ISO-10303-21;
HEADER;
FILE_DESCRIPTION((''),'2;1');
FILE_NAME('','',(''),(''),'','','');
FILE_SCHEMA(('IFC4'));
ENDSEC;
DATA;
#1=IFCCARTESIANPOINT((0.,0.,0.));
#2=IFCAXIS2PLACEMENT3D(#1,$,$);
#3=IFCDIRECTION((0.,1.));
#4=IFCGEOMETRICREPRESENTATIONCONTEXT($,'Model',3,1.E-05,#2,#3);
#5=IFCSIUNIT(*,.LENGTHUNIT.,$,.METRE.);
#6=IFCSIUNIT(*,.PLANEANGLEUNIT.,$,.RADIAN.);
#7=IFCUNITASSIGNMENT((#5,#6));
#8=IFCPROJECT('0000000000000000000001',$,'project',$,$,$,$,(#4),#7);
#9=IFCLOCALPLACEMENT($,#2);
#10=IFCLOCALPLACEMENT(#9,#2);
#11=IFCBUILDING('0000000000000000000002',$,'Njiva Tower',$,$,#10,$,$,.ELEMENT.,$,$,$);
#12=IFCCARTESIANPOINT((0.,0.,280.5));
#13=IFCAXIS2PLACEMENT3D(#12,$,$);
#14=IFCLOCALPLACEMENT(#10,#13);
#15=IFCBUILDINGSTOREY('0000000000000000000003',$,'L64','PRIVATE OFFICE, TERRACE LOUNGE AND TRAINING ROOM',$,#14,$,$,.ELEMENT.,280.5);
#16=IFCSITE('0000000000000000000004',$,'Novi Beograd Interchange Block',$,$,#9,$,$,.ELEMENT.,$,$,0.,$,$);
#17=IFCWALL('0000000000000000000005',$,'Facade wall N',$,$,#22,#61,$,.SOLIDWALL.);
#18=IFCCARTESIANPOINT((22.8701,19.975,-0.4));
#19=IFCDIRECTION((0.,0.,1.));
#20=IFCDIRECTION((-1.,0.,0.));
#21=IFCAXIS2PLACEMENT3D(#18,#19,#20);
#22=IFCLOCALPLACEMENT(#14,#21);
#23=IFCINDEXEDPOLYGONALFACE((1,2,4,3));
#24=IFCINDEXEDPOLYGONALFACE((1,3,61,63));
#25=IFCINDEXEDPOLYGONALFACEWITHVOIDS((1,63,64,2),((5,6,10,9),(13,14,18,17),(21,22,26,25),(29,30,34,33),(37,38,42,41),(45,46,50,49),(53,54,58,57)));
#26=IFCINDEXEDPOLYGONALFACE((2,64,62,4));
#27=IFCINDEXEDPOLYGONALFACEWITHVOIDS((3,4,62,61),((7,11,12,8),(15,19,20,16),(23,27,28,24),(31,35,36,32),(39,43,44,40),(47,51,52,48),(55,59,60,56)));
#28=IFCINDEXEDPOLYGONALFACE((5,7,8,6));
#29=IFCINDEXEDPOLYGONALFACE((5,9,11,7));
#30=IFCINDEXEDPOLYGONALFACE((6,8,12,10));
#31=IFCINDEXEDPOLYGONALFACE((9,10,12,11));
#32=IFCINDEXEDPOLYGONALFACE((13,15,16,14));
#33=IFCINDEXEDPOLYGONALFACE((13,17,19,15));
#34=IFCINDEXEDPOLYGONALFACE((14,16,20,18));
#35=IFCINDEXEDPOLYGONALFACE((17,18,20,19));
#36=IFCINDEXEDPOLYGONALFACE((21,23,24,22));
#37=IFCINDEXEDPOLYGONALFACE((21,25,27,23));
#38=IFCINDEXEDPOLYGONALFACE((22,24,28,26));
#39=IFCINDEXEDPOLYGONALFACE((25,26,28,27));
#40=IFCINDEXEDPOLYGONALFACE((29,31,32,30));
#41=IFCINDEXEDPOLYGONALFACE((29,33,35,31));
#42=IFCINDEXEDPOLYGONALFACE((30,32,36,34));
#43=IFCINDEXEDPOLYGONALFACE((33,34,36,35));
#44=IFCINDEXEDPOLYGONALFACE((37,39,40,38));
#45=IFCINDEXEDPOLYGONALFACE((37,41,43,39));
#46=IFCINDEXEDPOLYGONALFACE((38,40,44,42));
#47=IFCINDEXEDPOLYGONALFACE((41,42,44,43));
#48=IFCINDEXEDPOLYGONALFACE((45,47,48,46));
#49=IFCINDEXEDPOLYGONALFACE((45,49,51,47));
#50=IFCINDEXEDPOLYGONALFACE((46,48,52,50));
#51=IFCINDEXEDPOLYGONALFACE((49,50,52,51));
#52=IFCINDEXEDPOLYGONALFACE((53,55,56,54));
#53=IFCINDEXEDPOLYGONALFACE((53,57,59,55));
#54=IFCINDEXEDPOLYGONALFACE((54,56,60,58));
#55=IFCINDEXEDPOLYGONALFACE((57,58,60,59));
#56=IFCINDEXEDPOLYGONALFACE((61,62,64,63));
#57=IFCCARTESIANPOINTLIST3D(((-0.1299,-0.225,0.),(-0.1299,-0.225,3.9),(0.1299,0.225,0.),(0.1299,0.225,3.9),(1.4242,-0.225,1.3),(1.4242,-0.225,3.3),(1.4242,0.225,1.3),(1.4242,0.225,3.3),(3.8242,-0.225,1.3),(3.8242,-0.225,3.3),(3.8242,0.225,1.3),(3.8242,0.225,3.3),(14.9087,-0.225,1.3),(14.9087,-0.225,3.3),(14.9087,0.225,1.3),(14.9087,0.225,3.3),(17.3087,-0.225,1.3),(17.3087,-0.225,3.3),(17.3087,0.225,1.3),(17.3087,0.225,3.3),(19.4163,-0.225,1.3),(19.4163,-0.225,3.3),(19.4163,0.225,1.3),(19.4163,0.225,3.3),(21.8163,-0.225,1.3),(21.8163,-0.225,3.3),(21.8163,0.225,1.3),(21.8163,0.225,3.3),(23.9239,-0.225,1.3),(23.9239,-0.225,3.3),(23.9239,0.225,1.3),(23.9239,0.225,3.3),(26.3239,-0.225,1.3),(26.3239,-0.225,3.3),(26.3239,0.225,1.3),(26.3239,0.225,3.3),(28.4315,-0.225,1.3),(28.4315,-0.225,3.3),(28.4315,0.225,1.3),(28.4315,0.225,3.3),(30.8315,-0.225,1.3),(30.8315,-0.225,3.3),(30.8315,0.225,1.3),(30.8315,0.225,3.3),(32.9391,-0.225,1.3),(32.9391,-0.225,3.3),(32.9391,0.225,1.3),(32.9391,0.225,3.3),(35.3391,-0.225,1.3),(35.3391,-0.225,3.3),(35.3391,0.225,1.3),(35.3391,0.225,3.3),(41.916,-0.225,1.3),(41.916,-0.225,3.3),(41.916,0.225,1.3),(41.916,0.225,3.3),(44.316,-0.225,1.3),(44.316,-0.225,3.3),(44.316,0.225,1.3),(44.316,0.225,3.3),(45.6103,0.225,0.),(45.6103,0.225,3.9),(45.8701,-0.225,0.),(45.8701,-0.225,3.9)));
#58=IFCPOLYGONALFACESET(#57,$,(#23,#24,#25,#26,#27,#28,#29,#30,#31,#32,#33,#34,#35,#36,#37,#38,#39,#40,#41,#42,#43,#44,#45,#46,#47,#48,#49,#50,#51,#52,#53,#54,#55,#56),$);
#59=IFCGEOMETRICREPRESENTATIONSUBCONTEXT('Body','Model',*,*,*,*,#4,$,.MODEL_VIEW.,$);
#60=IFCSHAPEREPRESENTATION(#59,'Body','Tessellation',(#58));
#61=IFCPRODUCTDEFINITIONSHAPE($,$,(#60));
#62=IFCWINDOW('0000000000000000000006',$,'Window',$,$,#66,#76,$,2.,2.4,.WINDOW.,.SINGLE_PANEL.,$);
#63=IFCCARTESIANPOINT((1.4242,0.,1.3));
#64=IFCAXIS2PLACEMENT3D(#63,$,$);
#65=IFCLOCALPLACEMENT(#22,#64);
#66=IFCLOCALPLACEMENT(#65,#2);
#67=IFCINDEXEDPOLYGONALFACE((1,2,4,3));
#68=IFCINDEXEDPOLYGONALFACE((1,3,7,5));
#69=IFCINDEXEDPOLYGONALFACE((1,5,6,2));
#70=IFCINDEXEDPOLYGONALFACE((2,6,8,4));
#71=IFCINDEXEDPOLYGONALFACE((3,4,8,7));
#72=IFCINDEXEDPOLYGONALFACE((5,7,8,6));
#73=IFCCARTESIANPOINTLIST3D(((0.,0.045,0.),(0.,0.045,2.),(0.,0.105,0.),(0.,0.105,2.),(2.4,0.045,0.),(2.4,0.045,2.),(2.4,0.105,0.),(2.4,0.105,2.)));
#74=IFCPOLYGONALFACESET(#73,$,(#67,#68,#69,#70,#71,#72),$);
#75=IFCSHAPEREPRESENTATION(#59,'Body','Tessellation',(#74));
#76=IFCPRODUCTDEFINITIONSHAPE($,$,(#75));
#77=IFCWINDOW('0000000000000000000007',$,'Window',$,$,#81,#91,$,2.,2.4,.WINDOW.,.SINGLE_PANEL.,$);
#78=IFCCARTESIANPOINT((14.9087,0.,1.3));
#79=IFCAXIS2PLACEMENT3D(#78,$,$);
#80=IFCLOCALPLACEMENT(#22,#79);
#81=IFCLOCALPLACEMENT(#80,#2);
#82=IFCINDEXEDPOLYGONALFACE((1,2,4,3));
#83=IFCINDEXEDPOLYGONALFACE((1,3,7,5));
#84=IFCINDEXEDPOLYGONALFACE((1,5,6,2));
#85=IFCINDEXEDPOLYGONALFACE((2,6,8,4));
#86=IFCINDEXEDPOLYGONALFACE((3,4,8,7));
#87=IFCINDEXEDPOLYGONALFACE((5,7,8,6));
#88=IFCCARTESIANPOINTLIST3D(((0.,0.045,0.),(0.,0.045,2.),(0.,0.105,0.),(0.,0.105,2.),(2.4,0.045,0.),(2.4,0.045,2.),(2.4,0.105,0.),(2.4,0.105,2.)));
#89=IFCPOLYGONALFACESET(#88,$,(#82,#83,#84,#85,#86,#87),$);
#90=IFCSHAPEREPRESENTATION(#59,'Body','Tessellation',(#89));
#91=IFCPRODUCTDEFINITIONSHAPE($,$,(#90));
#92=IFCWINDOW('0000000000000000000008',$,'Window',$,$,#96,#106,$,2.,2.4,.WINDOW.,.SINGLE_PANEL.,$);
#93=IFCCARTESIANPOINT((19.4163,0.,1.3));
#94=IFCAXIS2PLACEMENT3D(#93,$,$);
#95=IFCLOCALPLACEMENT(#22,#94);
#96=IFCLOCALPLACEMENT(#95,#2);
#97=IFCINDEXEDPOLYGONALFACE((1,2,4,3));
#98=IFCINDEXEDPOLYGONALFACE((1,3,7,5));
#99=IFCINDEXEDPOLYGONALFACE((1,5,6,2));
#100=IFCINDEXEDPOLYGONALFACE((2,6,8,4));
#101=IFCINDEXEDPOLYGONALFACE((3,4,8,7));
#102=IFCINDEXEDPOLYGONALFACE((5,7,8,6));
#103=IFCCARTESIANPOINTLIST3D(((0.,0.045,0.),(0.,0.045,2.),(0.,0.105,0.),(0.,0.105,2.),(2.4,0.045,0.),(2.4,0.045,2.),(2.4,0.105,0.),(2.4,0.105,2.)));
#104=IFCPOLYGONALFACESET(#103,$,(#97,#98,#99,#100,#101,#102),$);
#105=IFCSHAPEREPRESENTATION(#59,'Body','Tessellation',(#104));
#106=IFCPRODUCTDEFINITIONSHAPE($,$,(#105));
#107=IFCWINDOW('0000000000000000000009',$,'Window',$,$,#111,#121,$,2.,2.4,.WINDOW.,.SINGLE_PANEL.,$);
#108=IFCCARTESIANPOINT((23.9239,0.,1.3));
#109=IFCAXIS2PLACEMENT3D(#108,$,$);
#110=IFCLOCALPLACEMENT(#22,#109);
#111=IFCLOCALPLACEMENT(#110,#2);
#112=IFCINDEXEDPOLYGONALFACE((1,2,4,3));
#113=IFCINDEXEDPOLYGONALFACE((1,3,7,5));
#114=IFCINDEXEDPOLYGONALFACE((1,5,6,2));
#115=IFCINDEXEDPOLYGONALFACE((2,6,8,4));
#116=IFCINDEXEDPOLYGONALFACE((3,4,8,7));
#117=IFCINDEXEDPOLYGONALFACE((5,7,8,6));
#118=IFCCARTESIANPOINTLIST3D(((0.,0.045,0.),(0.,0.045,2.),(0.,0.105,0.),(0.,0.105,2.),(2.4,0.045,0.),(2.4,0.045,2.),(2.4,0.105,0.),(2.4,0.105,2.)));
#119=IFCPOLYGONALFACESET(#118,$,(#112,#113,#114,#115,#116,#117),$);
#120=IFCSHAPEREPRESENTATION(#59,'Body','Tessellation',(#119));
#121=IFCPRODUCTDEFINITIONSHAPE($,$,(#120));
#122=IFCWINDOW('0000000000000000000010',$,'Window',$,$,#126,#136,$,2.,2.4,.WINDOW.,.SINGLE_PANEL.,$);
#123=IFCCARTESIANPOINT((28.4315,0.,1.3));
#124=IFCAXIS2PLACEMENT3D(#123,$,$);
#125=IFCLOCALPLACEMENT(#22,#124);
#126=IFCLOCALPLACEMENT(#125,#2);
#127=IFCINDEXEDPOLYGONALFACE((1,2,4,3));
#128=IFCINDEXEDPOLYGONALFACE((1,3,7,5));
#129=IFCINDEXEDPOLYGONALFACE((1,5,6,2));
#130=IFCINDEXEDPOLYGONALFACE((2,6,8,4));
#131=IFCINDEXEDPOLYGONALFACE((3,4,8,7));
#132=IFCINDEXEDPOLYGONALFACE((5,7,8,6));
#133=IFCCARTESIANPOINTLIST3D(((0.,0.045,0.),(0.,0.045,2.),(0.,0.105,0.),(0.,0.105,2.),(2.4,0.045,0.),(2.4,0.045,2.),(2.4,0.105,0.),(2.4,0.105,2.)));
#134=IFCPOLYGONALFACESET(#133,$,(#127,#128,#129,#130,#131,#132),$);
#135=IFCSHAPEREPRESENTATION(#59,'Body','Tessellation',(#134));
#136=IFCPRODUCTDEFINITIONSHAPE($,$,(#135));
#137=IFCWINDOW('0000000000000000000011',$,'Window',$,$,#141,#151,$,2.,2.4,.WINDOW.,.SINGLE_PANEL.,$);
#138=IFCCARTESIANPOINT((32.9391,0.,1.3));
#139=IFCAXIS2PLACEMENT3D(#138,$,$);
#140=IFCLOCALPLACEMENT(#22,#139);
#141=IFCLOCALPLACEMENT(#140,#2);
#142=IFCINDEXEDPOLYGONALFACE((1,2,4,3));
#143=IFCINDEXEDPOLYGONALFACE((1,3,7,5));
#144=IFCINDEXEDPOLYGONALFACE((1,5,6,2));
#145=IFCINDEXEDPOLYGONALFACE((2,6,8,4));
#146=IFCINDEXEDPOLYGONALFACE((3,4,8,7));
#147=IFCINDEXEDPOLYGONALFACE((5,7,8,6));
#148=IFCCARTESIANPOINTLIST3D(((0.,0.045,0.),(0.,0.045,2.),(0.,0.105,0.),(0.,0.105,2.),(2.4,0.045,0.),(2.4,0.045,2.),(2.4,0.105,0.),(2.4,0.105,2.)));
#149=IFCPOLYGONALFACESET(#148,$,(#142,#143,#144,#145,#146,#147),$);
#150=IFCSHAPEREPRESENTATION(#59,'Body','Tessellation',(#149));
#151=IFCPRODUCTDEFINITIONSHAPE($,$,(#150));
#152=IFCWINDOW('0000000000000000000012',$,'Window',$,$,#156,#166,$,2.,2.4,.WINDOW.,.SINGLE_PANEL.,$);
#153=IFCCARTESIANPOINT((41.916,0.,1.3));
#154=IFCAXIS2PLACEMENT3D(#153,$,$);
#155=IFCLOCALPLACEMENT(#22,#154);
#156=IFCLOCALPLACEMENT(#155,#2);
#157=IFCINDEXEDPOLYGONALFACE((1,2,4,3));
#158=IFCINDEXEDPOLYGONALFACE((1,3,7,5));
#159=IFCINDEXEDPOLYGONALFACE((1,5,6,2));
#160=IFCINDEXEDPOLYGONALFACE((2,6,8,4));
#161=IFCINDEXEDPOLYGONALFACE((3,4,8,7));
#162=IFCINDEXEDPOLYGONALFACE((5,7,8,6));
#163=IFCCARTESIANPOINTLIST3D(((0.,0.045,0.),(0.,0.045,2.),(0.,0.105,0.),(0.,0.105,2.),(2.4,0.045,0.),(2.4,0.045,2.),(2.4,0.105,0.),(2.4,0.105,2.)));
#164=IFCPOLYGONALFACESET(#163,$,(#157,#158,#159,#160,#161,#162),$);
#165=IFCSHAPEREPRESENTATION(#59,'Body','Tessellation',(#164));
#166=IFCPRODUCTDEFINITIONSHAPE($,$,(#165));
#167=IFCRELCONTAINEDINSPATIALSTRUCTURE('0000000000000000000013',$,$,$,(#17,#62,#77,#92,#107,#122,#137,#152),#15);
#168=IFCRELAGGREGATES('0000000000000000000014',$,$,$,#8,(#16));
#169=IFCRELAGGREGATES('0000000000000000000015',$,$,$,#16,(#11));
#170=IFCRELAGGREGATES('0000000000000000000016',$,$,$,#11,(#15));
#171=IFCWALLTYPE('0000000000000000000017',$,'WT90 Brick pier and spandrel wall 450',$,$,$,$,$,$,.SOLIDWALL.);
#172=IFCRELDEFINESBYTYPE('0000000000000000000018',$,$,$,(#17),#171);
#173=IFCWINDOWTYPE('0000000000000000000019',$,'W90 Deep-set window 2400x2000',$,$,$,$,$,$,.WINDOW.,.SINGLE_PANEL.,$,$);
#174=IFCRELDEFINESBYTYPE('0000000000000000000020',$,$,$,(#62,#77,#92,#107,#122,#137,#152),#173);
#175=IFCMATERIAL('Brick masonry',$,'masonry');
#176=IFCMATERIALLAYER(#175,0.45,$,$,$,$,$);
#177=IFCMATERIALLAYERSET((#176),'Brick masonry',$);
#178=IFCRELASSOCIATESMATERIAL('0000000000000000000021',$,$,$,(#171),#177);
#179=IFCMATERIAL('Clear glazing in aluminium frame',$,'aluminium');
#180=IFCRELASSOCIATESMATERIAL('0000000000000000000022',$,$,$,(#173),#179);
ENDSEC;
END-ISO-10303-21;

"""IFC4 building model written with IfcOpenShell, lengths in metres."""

from ifc_helpers import new_model, si_unit, direction, frame, frame_2d, origin, place, context, subcontext, project, spatial, polyline, rectangle, outline, extrude, material, layer, layer_set, type_object, element, fill, save


model = new_model("IFC4")

# Units and contexts
model_context = context("Model", 3, precision=1e-05, world=origin(), true_north=direction((0.0, 1.0)))
body_context = subcontext(model_context, "Body", "Model", "MODEL_VIEW")
ifc_project = project(units=[si_unit("LENGTHUNIT", "METRE"), si_unit("PLANEANGLEUNIT", "RADIAN")], contexts=[model_context])

# Site, building, storey
site_placement = place(None, origin())
site = spatial("IfcSite", under=ifc_project, at=site_placement, Name="Novi Beograd Interchange Block", CompositionType="ELEMENT", RefElevation=0.0)
building_placement = place(site_placement, origin())
building = spatial("IfcBuilding", under=site, at=building_placement, Name="Njiva Tower", CompositionType="ELEMENT")
storey_placement = place(building_placement, frame((0.0, 0.0, 280.5)))
storey = spatial("IfcBuildingStorey", under=building, at=storey_placement, Name="L64", Description="PRIVATE OFFICE, TERRACE LOUNGE AND TRAINING ROOM", CompositionType="ELEMENT", Elevation=280.5)

# Wall, openings, windows
ifc_material_1 = material(Name="Brick masonry", Category="masonry")
ifc_layer_1 = layer(ifc_material_1, 0.45)
ifc_layer_set_1 = layer_set([ifc_layer_1], Name="Brick masonry")
wall_type_1 = type_object("IfcWallType", Name="WT90 Brick pier and spandrel wall 450", PredefinedType="SOLIDWALL", material=ifc_layer_set_1)
wall_1_placement = place(storey_placement, frame((22.8701, 19.975, -0.4), z_axis=(0.0, 0.0, 1.0), x_axis=(-1.0, 0.0, 0.0)))
wall_1 = element("IfcWall", 1, at=wall_1_placement, inside=storey, type_object=wall_type_1, Name="Facade wall N", PredefinedType="SOLIDWALL", context=body_context, shape_type="SweptSolid", body=[
    extrude(outline(polyline([(-0.1299, -0.225), (45.8701, -0.225), (45.6103, 0.225), (0.1299, 0.225), (-0.1299, -0.225)])), origin(), (0.0, 0.0, 1.0), 3.9),
])
opening_1_placement = place(wall_1_placement, frame((1.4242, 0.0, 1.3)))
opening_1 = element("IfcOpeningElement", 2, at=opening_1_placement, cuts=wall_1, PredefinedType="OPENING", context=body_context, shape_type="SweptSolid", body=[
    extrude(rectangle(XDim=2.4, YDim=2.0, at=frame_2d((1.2, 1.0))), frame((0.0, 0.235, 0.0), z_axis=(0.0, -1.0, 0.0), x_axis=(1.0, 0.0, 0.0)), (0.0, 0.0, 1.0), 0.47),
])
opening_2_placement = place(wall_1_placement, frame((14.9087, 0.0, 1.3)))
opening_2 = element("IfcOpeningElement", 3, at=opening_2_placement, cuts=wall_1, PredefinedType="OPENING", context=body_context, shape_type="SweptSolid", body=[
    extrude(rectangle(XDim=2.4, YDim=2.0, at=frame_2d((1.2, 1.0))), frame((0.0, 0.235, 0.0), z_axis=(0.0, -1.0, 0.0), x_axis=(1.0, 0.0, 0.0)), (0.0, 0.0, 1.0), 0.47),
])
opening_3_placement = place(wall_1_placement, frame((19.4163, 0.0, 1.3)))
opening_3 = element("IfcOpeningElement", 4, at=opening_3_placement, cuts=wall_1, PredefinedType="OPENING", context=body_context, shape_type="SweptSolid", body=[
    extrude(rectangle(XDim=2.4, YDim=2.0, at=frame_2d((1.2, 1.0))), frame((0.0, 0.235, 0.0), z_axis=(0.0, -1.0, 0.0), x_axis=(1.0, 0.0, 0.0)), (0.0, 0.0, 1.0), 0.47),
])
opening_4_placement = place(wall_1_placement, frame((23.9239, 0.0, 1.3)))
opening_4 = element("IfcOpeningElement", 5, at=opening_4_placement, cuts=wall_1, PredefinedType="OPENING", context=body_context, shape_type="SweptSolid", body=[
    extrude(rectangle(XDim=2.4, YDim=2.0, at=frame_2d((1.2, 1.0))), frame((0.0, 0.235, 0.0), z_axis=(0.0, -1.0, 0.0), x_axis=(1.0, 0.0, 0.0)), (0.0, 0.0, 1.0), 0.47),
])
opening_5_placement = place(wall_1_placement, frame((28.4315, 0.0, 1.3)))
opening_5 = element("IfcOpeningElement", 6, at=opening_5_placement, cuts=wall_1, PredefinedType="OPENING", context=body_context, shape_type="SweptSolid", body=[
    extrude(rectangle(XDim=2.4, YDim=2.0, at=frame_2d((1.2, 1.0))), frame((0.0, 0.235, 0.0), z_axis=(0.0, -1.0, 0.0), x_axis=(1.0, 0.0, 0.0)), (0.0, 0.0, 1.0), 0.47),
])
opening_6_placement = place(wall_1_placement, frame((32.9391, 0.0, 1.3)))
opening_6 = element("IfcOpeningElement", 7, at=opening_6_placement, cuts=wall_1, PredefinedType="OPENING", context=body_context, shape_type="SweptSolid", body=[
    extrude(rectangle(XDim=2.4, YDim=2.0, at=frame_2d((1.2, 1.0))), frame((0.0, 0.235, 0.0), z_axis=(0.0, -1.0, 0.0), x_axis=(1.0, 0.0, 0.0)), (0.0, 0.0, 1.0), 0.47),
])
opening_7_placement = place(wall_1_placement, frame((41.916, 0.0, 1.3)))
opening_7 = element("IfcOpeningElement", 8, at=opening_7_placement, cuts=wall_1, PredefinedType="OPENING", context=body_context, shape_type="SweptSolid", body=[
    extrude(rectangle(XDim=2.4, YDim=2.0, at=frame_2d((1.2, 1.0))), frame((0.0, 0.235, 0.0), z_axis=(0.0, -1.0, 0.0), x_axis=(1.0, 0.0, 0.0)), (0.0, 0.0, 1.0), 0.47),
])
ifc_material_2 = material(Name="Clear glazing in aluminium frame", Category="aluminium")
window_type_1 = type_object("IfcWindowType", Name="W90 Deep-set window 2400x2000", PartitioningType="SINGLE_PANEL", PredefinedType="WINDOW", material=ifc_material_2)
window_1_placement = place(opening_1_placement, origin())
window_1 = element("IfcWindow", 9, at=window_1_placement, inside=storey, type_object=window_type_1, Name="Window", OverallHeight=2.0, OverallWidth=2.4, PartitioningType="SINGLE_PANEL", PredefinedType="WINDOW", context=body_context, shape_type="SweptSolid", body=[
    extrude(rectangle(XDim=2.4, YDim=2.0, at=frame_2d((1.2, 1.0))), frame((0.0, 0.105, 0.0), z_axis=(0.0, -1.0, 0.0), x_axis=(1.0, 0.0, 0.0)), (0.0, 0.0, 1.0), 0.06),
])
fill(opening_1, window_1)
window_2_placement = place(opening_2_placement, origin())
window_2 = element("IfcWindow", 10, at=window_2_placement, inside=storey, type_object=window_type_1, Name="Window", OverallHeight=2.0, OverallWidth=2.4, PartitioningType="SINGLE_PANEL", PredefinedType="WINDOW", context=body_context, shape_type="SweptSolid", body=[
    extrude(rectangle(XDim=2.4, YDim=2.0, at=frame_2d((1.2, 1.0))), frame((0.0, 0.105, 0.0), z_axis=(0.0, -1.0, 0.0), x_axis=(1.0, 0.0, 0.0)), (0.0, 0.0, 1.0), 0.06),
])
fill(opening_2, window_2)
window_3_placement = place(opening_3_placement, origin())
window_3 = element("IfcWindow", 11, at=window_3_placement, inside=storey, type_object=window_type_1, Name="Window", OverallHeight=2.0, OverallWidth=2.4, PartitioningType="SINGLE_PANEL", PredefinedType="WINDOW", context=body_context, shape_type="SweptSolid", body=[
    extrude(rectangle(XDim=2.4, YDim=2.0, at=frame_2d((1.2, 1.0))), frame((0.0, 0.105, 0.0), z_axis=(0.0, -1.0, 0.0), x_axis=(1.0, 0.0, 0.0)), (0.0, 0.0, 1.0), 0.06),
])
fill(opening_3, window_3)
window_4_placement = place(opening_4_placement, origin())
window_4 = element("IfcWindow", 12, at=window_4_placement, inside=storey, type_object=window_type_1, Name="Window", OverallHeight=2.0, OverallWidth=2.4, PartitioningType="SINGLE_PANEL", PredefinedType="WINDOW", context=body_context, shape_type="SweptSolid", body=[
    extrude(rectangle(XDim=2.4, YDim=2.0, at=frame_2d((1.2, 1.0))), frame((0.0, 0.105, 0.0), z_axis=(0.0, -1.0, 0.0), x_axis=(1.0, 0.0, 0.0)), (0.0, 0.0, 1.0), 0.06),
])
fill(opening_4, window_4)
window_5_placement = place(opening_5_placement, origin())
window_5 = element("IfcWindow", 13, at=window_5_placement, inside=storey, type_object=window_type_1, Name="Window", OverallHeight=2.0, OverallWidth=2.4, PartitioningType="SINGLE_PANEL", PredefinedType="WINDOW", context=body_context, shape_type="SweptSolid", body=[
    extrude(rectangle(XDim=2.4, YDim=2.0, at=frame_2d((1.2, 1.0))), frame((0.0, 0.105, 0.0), z_axis=(0.0, -1.0, 0.0), x_axis=(1.0, 0.0, 0.0)), (0.0, 0.0, 1.0), 0.06),
])
fill(opening_5, window_5)
window_6_placement = place(opening_6_placement, origin())
window_6 = element("IfcWindow", 14, at=window_6_placement, inside=storey, type_object=window_type_1, Name="Window", OverallHeight=2.0, OverallWidth=2.4, PartitioningType="SINGLE_PANEL", PredefinedType="WINDOW", context=body_context, shape_type="SweptSolid", body=[
    extrude(rectangle(XDim=2.4, YDim=2.0, at=frame_2d((1.2, 1.0))), frame((0.0, 0.105, 0.0), z_axis=(0.0, -1.0, 0.0), x_axis=(1.0, 0.0, 0.0)), (0.0, 0.0, 1.0), 0.06),
])
fill(opening_6, window_6)
window_7_placement = place(opening_7_placement, origin())
window_7 = element("IfcWindow", 15, at=window_7_placement, inside=storey, type_object=window_type_1, Name="Window", OverallHeight=2.0, OverallWidth=2.4, PartitioningType="SINGLE_PANEL", PredefinedType="WINDOW", context=body_context, shape_type="SweptSolid", body=[
    extrude(rectangle(XDim=2.4, YDim=2.0, at=frame_2d((1.2, 1.0))), frame((0.0, 0.105, 0.0), z_axis=(0.0, -1.0, 0.0), x_axis=(1.0, 0.0, 0.0)), (0.0, 0.0, 1.0), 0.06),
])
fill(opening_7, window_7)

save(model, "model.ifc")
